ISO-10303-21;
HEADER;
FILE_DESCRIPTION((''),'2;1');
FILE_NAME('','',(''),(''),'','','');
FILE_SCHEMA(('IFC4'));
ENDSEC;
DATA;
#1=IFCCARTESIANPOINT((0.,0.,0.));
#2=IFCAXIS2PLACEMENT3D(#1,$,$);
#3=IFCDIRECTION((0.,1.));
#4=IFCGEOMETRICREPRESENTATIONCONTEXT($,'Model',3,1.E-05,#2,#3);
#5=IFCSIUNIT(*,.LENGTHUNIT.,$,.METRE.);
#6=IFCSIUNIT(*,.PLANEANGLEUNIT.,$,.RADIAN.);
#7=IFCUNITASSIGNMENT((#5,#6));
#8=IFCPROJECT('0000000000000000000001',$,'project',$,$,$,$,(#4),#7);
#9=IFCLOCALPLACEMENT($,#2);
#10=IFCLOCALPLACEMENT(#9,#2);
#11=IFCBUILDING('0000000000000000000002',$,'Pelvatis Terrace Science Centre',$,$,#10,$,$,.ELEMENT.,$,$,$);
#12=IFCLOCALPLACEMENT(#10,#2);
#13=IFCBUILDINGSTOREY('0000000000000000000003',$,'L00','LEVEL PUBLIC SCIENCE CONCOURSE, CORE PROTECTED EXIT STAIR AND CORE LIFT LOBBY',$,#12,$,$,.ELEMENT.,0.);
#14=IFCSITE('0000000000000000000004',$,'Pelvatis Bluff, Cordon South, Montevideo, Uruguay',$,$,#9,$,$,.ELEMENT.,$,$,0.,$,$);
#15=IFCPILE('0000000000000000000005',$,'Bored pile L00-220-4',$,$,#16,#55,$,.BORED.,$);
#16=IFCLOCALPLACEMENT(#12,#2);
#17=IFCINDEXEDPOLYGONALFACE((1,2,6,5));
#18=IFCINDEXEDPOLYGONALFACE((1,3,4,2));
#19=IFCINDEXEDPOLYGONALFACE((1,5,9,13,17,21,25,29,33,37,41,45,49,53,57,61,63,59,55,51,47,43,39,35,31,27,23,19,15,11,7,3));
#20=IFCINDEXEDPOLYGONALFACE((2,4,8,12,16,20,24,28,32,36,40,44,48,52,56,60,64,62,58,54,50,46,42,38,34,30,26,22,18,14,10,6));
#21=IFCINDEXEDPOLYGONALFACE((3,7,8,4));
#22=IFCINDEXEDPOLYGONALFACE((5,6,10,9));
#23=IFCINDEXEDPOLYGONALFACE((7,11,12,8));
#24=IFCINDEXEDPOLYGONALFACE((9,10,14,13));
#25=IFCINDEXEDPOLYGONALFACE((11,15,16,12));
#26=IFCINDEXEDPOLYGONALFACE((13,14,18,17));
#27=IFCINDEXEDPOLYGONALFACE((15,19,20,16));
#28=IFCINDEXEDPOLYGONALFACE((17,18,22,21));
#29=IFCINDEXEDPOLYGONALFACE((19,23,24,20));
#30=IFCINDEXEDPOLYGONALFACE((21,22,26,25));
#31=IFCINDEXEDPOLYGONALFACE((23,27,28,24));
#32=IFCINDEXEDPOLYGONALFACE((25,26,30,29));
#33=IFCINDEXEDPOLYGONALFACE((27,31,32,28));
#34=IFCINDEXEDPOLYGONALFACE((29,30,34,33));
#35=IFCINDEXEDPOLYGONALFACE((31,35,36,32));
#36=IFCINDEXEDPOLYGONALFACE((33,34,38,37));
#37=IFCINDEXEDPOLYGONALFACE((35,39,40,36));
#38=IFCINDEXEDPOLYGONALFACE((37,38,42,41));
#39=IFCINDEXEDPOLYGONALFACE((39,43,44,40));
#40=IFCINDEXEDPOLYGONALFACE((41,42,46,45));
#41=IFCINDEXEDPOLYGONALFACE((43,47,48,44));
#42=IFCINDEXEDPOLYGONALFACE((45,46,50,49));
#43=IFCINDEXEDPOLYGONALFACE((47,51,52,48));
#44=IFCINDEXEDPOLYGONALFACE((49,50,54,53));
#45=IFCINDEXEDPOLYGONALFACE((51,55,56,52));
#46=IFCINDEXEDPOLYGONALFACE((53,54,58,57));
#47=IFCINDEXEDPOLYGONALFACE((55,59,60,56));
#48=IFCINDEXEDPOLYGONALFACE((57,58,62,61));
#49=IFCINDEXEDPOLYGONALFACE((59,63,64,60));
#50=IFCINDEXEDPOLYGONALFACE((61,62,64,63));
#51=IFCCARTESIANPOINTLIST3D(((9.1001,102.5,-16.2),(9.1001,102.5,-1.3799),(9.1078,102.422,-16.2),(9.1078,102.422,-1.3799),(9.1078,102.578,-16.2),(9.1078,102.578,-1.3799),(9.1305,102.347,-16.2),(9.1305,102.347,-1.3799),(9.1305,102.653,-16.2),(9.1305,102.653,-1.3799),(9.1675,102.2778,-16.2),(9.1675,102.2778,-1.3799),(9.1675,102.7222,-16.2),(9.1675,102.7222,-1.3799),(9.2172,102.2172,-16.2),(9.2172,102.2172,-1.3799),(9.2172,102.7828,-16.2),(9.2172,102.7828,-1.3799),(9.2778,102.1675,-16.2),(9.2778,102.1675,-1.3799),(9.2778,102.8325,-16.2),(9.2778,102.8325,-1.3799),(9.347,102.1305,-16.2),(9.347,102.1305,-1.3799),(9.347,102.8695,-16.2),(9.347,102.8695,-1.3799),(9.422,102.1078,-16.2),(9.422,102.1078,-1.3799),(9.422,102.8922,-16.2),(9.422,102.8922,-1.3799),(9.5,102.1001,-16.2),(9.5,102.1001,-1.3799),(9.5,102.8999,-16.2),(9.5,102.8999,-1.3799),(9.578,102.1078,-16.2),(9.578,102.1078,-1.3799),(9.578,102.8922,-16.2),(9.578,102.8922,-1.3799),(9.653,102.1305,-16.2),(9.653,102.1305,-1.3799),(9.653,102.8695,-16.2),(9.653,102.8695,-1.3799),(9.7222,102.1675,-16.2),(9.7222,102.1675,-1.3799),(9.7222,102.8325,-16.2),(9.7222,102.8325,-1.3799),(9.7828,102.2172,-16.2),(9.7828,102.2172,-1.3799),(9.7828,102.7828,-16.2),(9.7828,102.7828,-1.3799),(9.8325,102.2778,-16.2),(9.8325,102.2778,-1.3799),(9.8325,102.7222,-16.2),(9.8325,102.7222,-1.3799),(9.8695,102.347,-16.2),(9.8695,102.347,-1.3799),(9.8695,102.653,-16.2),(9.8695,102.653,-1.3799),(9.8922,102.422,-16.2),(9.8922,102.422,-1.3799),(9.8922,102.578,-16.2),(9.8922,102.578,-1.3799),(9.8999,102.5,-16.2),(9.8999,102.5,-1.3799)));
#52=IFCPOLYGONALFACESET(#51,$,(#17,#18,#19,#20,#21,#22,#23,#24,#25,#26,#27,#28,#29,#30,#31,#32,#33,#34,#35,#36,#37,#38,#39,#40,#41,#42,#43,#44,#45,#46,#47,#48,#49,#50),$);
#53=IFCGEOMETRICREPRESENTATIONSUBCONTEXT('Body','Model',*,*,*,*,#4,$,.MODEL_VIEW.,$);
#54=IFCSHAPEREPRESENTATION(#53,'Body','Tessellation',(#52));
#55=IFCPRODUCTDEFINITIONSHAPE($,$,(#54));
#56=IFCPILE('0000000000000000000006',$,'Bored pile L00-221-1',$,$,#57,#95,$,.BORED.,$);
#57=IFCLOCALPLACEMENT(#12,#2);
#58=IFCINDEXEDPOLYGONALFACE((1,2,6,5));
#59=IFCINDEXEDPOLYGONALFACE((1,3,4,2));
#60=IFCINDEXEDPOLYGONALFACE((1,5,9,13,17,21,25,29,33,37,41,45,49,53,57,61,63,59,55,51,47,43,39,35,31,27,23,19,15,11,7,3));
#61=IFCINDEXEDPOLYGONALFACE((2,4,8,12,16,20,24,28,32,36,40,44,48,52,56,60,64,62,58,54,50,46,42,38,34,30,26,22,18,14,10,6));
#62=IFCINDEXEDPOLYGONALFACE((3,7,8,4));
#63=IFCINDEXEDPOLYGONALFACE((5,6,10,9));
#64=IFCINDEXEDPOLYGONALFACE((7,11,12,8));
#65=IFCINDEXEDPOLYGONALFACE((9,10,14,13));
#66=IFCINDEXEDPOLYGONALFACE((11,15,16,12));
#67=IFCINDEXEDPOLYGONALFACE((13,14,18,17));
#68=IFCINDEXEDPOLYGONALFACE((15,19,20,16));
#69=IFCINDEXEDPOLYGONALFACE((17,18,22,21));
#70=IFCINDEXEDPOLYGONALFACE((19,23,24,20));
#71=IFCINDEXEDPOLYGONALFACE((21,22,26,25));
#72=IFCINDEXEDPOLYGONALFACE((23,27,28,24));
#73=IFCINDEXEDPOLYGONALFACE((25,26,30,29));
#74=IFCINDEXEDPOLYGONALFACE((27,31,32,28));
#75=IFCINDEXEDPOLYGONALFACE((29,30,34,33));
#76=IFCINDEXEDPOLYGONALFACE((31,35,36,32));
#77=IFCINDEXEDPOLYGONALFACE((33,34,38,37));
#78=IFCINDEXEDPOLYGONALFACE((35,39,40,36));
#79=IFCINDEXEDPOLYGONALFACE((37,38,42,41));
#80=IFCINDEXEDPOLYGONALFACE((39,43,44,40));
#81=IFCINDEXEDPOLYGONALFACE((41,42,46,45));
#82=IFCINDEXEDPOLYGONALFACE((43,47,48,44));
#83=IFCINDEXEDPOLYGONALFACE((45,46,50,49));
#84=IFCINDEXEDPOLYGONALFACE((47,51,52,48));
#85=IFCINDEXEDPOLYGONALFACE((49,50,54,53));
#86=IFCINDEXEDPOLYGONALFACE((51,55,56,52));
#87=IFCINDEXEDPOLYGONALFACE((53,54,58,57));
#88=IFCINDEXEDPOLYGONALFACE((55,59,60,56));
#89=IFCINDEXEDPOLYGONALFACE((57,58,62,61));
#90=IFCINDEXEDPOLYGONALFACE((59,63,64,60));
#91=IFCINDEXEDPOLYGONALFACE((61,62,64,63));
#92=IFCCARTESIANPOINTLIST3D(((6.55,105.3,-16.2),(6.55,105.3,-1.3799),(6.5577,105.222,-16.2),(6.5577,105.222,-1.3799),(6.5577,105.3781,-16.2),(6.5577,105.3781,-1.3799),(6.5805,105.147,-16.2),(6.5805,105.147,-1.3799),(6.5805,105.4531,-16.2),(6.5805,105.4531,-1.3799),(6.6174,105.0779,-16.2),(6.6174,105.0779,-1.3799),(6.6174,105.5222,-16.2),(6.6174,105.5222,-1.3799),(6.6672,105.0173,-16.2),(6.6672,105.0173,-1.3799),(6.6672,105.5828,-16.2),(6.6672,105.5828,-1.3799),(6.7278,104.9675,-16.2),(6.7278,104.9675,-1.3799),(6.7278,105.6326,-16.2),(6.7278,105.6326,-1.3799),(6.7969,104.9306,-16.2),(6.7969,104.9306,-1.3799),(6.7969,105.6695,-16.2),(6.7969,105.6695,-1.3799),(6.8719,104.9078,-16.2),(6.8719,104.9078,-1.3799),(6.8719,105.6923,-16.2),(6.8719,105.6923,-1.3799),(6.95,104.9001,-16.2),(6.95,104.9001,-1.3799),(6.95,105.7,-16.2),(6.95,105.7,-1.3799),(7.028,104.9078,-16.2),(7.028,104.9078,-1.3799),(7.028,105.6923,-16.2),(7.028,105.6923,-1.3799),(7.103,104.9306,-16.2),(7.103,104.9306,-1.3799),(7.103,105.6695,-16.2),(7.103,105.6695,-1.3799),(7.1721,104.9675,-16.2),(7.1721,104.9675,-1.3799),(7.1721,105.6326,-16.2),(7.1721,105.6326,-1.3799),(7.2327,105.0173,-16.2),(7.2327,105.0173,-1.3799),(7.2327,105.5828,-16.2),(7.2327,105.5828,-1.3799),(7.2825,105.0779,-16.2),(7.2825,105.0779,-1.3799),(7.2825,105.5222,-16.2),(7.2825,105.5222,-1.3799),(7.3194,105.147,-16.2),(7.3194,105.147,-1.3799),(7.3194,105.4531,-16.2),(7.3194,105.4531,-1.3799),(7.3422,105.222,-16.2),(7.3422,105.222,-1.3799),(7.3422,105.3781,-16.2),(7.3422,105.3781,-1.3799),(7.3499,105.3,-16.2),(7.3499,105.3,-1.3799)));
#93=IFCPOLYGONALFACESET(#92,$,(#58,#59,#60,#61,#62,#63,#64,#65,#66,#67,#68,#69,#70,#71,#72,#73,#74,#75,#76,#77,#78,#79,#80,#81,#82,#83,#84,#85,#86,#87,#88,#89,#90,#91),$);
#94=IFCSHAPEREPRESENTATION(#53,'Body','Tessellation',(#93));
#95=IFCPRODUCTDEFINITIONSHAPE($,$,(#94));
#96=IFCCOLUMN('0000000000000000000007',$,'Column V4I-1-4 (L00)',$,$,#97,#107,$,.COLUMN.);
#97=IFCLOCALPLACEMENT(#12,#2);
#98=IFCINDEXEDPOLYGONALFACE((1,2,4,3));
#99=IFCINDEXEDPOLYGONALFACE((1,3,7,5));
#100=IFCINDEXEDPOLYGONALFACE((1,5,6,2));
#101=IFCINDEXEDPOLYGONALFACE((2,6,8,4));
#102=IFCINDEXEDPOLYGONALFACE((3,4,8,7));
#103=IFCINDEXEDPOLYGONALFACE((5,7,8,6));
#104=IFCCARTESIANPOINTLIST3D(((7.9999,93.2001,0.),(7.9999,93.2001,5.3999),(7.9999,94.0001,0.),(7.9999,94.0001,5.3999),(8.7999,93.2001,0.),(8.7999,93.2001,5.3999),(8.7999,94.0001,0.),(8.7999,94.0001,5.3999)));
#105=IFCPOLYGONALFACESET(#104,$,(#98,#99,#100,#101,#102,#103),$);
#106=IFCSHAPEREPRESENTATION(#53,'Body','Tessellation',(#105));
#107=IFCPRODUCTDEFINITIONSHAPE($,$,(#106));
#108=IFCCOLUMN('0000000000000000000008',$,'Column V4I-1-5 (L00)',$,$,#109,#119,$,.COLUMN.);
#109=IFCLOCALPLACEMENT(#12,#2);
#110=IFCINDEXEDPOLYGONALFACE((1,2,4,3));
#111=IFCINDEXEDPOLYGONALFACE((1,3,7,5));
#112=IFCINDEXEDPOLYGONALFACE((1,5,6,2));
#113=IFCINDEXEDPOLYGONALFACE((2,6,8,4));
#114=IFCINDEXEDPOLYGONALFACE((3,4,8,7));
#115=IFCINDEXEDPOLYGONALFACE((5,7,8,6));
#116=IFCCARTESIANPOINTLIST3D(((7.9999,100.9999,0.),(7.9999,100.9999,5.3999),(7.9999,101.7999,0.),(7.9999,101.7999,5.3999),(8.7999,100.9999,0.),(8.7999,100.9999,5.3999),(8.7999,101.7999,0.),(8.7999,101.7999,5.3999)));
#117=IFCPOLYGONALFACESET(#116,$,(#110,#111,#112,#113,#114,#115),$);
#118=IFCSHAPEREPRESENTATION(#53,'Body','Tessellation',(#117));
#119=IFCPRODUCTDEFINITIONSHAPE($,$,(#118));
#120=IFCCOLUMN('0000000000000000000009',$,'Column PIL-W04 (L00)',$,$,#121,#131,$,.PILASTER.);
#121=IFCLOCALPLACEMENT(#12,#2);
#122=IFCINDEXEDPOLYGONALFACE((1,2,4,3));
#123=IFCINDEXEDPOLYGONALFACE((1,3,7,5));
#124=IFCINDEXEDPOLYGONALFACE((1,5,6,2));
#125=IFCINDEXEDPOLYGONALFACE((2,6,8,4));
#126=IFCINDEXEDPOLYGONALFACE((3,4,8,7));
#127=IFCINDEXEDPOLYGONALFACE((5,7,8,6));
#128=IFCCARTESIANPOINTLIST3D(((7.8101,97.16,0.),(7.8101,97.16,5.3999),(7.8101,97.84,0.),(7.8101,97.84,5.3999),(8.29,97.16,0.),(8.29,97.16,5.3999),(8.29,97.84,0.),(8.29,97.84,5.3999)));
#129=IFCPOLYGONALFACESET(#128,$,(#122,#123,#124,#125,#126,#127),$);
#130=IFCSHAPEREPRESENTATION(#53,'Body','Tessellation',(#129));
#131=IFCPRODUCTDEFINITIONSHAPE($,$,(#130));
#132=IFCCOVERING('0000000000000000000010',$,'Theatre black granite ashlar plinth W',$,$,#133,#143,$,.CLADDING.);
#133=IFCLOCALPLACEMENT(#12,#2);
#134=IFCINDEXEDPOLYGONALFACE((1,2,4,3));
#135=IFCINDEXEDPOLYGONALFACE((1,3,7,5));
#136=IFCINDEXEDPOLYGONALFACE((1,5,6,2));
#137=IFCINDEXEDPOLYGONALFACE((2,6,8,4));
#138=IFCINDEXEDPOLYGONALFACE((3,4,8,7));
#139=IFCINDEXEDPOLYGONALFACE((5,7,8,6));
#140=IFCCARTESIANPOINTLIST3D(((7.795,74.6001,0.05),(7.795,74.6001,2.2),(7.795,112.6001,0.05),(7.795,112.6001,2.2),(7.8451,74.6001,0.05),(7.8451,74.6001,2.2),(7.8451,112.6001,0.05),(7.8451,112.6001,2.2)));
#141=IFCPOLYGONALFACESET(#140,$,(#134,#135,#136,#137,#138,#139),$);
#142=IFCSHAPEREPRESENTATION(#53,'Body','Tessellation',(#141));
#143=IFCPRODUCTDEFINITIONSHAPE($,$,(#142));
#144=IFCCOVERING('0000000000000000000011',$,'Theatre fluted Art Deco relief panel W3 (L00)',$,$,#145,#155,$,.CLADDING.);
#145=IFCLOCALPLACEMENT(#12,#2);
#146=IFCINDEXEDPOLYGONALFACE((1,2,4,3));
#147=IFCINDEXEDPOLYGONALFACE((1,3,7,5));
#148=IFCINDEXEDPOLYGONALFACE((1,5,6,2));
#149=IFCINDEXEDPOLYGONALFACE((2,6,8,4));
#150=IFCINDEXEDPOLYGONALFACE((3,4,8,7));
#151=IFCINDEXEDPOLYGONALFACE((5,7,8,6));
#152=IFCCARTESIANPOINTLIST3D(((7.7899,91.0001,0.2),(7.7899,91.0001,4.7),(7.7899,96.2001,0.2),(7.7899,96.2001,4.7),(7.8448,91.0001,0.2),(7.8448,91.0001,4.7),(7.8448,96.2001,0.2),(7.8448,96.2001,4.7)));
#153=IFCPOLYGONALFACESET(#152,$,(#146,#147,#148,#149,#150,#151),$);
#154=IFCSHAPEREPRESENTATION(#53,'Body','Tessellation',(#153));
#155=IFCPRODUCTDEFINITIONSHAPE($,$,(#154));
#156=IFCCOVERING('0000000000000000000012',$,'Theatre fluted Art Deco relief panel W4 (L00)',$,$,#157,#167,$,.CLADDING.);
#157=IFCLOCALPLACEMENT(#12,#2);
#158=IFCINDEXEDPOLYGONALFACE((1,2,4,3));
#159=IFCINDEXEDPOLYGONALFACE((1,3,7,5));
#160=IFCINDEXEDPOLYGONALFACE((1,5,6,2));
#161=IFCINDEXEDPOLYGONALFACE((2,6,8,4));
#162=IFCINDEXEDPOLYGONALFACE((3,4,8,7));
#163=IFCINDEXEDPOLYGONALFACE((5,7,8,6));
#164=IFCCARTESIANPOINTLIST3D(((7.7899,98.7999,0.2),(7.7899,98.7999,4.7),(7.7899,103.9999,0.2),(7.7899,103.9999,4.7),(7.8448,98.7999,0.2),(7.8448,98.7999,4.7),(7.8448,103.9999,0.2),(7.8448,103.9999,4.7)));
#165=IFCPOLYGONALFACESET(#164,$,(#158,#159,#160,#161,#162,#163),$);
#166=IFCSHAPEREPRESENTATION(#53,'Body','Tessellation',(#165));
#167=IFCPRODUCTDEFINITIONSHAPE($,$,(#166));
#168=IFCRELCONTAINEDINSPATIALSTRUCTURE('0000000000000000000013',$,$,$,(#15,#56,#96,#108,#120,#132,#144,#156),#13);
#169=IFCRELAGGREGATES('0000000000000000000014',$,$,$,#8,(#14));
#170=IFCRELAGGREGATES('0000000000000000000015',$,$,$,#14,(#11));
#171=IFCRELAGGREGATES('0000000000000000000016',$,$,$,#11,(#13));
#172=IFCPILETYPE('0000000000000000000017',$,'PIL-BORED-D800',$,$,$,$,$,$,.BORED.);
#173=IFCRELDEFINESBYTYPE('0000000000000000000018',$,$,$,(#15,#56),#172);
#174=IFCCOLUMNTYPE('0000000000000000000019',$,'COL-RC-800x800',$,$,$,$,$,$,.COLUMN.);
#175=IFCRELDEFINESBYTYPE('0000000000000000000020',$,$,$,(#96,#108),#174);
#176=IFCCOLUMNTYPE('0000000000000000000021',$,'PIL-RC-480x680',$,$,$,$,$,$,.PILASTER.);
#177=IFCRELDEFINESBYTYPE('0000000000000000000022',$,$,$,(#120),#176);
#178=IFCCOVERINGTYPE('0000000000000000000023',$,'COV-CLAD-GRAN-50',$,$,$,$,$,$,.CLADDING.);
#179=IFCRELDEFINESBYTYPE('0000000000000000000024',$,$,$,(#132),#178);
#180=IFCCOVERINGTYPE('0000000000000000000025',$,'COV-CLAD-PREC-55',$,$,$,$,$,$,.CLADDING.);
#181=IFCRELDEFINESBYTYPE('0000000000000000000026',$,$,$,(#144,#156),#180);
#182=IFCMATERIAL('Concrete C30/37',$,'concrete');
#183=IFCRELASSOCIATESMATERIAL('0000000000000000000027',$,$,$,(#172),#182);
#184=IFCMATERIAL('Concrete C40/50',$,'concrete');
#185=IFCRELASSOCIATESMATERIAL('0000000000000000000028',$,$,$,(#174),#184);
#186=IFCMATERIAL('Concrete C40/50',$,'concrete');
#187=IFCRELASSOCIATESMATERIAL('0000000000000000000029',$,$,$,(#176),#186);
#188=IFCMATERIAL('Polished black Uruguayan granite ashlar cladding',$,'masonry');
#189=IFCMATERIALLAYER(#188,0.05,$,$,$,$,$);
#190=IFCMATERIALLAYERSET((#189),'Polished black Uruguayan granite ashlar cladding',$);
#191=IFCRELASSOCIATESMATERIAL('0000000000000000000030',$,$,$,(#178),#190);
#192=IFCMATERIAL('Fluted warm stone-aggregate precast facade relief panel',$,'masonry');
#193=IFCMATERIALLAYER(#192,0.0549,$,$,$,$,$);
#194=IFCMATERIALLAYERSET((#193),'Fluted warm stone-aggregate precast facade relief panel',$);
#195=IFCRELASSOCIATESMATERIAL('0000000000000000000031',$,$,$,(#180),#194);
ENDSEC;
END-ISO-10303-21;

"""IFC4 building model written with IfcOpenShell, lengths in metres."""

from ifc_helpers import new_model, si_unit, direction, frame, origin, origin_2d, place, context, subcontext, project, spatial, rectangle, circle, extrude, material, layer, layer_set, material_profile, profile_set, type_object, element, save


model = new_model("IFC4")

# Units and contexts
model_context = context("Model", 3, precision=1e-05, world=origin(), true_north=direction((0.0, 1.0)))
body_context = subcontext(model_context, "Body", "Model", "MODEL_VIEW")
ifc_project = project(units=[si_unit("LENGTHUNIT", "METRE"), si_unit("PLANEANGLEUNIT", "RADIAN")], contexts=[model_context])

# Site, building, storey
site_placement = place(None, origin())
site = spatial("IfcSite", under=ifc_project, at=site_placement, Name="Pelvatis Bluff, Cordon South, Montevideo, Uruguay", CompositionType="ELEMENT", RefElevation=0.0)
building_placement = place(site_placement, origin())
building = spatial("IfcBuilding", under=site, at=building_placement, Name="Pelvatis Terrace Science Centre", CompositionType="ELEMENT")
storey_placement = place(building_placement, origin())
storey = spatial("IfcBuildingStorey", under=building, at=storey_placement, Name="L00", Description="LEVEL PUBLIC SCIENCE CONCOURSE, CORE PROTECTED EXIT STAIR AND CORE LIFT LOBBY", CompositionType="ELEMENT", Elevation=0.0)

# Piles
ifc_material_1 = material(Name="Concrete C30/37", Category="concrete")
ifc_material_profile_1 = material_profile(ifc_material_1, circle(Radius=0.3999, at=origin_2d()), Name="PILE D800")
ifc_profile_set_1 = profile_set([ifc_material_profile_1], Name="Concrete C30/37")
pile_type = type_object("IfcPileType", Name="PIL-BORED-D800", PredefinedType="BORED", material=ifc_profile_set_1)
for number, where, z_axis, x_axis, name in (
    (1, (9.5, 102.5, -1.3799), (0.0, 0.0, -1.0), (1.0, 0.0, 0.0), "Bored pile L00-220-4"),
    (2, (6.95, 105.3, -1.3799), (0.0, 0.0, -1.0), (1.0, 0.0, 0.0), "Bored pile L00-221-1"),
):
    element("IfcPile", number, at=place(storey_placement, frame(where, z_axis=z_axis, x_axis=x_axis)), inside=storey, type_object=pile_type, Name=name, PredefinedType="BORED", context=body_context, shape_type="SweptSolid", body=[
        extrude(circle(Radius=0.3999, at=origin_2d()), origin(), (0.0, 0.0, 1.0), 14.8201),
    ])

# Columns
ifc_material_2 = material(Name="Concrete C40/50", Category="concrete")
ifc_material_profile_2 = material_profile(ifc_material_2, rectangle(XDim=0.8, YDim=0.8, at=origin_2d()), Name="RC-COL 800x800")
ifc_profile_set_2 = profile_set([ifc_material_profile_2], Name="Concrete C40/50")
column_type_1 = type_object("IfcColumnType", Name="COL-RC-800x800", PredefinedType="COLUMN", material=ifc_profile_set_2)
for number, where, z_axis, x_axis, name in (
    (3, (8.3999, 93.6001, 0.0), (0.0, 0.0, 1.0), (1.0, 0.0, 0.0), "Column V4I-1-4 (L00)"),
    (4, (8.3999, 101.3999, 0.0), (0.0, 0.0, 1.0), (1.0, 0.0, 0.0), "Column V4I-1-5 (L00)"),
):
    element("IfcColumn", number, at=place(storey_placement, frame(where, z_axis=z_axis, x_axis=x_axis)), inside=storey, type_object=column_type_1, Name=name, PredefinedType="COLUMN", context=body_context, shape_type="SweptSolid", body=[
        extrude(rectangle(XDim=0.8, YDim=0.8, at=origin_2d()), origin(), (0.0, 0.0, 1.0), 5.3999),
    ])
ifc_material_3 = material(Name="Concrete C40/50", Category="concrete")
ifc_material_profile_3 = material_profile(ifc_material_3, rectangle(XDim=0.48, YDim=0.6799, at=origin_2d()), Name="RC-PIL 480x680")
ifc_profile_set_3 = profile_set([ifc_material_profile_3], Name="Concrete C40/50")
column_type_2 = type_object("IfcColumnType", Name="PIL-RC-480x680", PredefinedType="PILASTER", material=ifc_profile_set_3)
column_placement = place(storey_placement, frame((8.05, 97.5, 0.0), z_axis=(0.0, 0.0, 1.0), x_axis=(1.0, 0.0, 0.0)))
element("IfcColumn", 5, at=column_placement, inside=storey, type_object=column_type_2, Name="Column PIL-W04 (L00)", PredefinedType="PILASTER", context=body_context, shape_type="SweptSolid", body=[
    extrude(rectangle(XDim=0.48, YDim=0.6799, at=origin_2d()), origin(), (0.0, 0.0, 1.0), 5.3999),
])

# Coverings
ifc_material_4 = material(Name="Polished black Uruguayan granite ashlar cladding", Category="masonry")
ifc_layer_1 = layer(ifc_material_4, 0.05)
ifc_layer_set_1 = layer_set([ifc_layer_1], Name="Polished black Uruguayan granite ashlar cladding")
covering_type_1 = type_object("IfcCoveringType", Name="COV-CLAD-GRAN-50", PredefinedType="CLADDING", material=ifc_layer_set_1)
covering_placement = place(storey_placement, frame((7.8201, 93.6001, 0.05), z_axis=(0.0, 0.0, 1.0), x_axis=(1.0, 0.0, 0.0)))
element("IfcCovering", 6, at=covering_placement, inside=storey, type_object=covering_type_1, Name="Theatre black granite ashlar plinth W", PredefinedType="CLADDING", context=body_context, shape_type="SweptSolid", body=[
    extrude(rectangle(XDim=0.05, YDim=38.0, at=origin_2d()), origin(), (0.0, 0.0, 1.0), 2.1499),
])
ifc_material_5 = material(Name="Fluted warm stone-aggregate precast facade relief panel", Category="masonry")
ifc_layer_2 = layer(ifc_material_5, 0.0549)
ifc_layer_set_2 = layer_set([ifc_layer_2], Name="Fluted warm stone-aggregate precast facade relief panel")
covering_type_2 = type_object("IfcCoveringType", Name="COV-CLAD-PREC-55", PredefinedType="CLADDING", material=ifc_layer_set_2)
for number, where, z_axis, x_axis, name in (
    (7, (7.8174, 93.6001, 0.2), (0.0, 0.0, 1.0), (1.0, 0.0, 0.0), "Theatre fluted Art Deco relief panel W3 (L00)"),
    (8, (7.8174, 101.3999, 0.2), (0.0, 0.0, 1.0), (1.0, 0.0, 0.0), "Theatre fluted Art Deco relief panel W4 (L00)"),
):
    element("IfcCovering", number, at=place(storey_placement, frame(where, z_axis=z_axis, x_axis=x_axis)), inside=storey, type_object=covering_type_2, Name=name, PredefinedType="CLADDING", context=body_context, shape_type="SweptSolid", body=[
        extrude(rectangle(XDim=0.0549, YDim=5.2, at=origin_2d()), origin(), (0.0, 0.0, 1.0), 4.5),
    ])

save(model, "model.ifc")
